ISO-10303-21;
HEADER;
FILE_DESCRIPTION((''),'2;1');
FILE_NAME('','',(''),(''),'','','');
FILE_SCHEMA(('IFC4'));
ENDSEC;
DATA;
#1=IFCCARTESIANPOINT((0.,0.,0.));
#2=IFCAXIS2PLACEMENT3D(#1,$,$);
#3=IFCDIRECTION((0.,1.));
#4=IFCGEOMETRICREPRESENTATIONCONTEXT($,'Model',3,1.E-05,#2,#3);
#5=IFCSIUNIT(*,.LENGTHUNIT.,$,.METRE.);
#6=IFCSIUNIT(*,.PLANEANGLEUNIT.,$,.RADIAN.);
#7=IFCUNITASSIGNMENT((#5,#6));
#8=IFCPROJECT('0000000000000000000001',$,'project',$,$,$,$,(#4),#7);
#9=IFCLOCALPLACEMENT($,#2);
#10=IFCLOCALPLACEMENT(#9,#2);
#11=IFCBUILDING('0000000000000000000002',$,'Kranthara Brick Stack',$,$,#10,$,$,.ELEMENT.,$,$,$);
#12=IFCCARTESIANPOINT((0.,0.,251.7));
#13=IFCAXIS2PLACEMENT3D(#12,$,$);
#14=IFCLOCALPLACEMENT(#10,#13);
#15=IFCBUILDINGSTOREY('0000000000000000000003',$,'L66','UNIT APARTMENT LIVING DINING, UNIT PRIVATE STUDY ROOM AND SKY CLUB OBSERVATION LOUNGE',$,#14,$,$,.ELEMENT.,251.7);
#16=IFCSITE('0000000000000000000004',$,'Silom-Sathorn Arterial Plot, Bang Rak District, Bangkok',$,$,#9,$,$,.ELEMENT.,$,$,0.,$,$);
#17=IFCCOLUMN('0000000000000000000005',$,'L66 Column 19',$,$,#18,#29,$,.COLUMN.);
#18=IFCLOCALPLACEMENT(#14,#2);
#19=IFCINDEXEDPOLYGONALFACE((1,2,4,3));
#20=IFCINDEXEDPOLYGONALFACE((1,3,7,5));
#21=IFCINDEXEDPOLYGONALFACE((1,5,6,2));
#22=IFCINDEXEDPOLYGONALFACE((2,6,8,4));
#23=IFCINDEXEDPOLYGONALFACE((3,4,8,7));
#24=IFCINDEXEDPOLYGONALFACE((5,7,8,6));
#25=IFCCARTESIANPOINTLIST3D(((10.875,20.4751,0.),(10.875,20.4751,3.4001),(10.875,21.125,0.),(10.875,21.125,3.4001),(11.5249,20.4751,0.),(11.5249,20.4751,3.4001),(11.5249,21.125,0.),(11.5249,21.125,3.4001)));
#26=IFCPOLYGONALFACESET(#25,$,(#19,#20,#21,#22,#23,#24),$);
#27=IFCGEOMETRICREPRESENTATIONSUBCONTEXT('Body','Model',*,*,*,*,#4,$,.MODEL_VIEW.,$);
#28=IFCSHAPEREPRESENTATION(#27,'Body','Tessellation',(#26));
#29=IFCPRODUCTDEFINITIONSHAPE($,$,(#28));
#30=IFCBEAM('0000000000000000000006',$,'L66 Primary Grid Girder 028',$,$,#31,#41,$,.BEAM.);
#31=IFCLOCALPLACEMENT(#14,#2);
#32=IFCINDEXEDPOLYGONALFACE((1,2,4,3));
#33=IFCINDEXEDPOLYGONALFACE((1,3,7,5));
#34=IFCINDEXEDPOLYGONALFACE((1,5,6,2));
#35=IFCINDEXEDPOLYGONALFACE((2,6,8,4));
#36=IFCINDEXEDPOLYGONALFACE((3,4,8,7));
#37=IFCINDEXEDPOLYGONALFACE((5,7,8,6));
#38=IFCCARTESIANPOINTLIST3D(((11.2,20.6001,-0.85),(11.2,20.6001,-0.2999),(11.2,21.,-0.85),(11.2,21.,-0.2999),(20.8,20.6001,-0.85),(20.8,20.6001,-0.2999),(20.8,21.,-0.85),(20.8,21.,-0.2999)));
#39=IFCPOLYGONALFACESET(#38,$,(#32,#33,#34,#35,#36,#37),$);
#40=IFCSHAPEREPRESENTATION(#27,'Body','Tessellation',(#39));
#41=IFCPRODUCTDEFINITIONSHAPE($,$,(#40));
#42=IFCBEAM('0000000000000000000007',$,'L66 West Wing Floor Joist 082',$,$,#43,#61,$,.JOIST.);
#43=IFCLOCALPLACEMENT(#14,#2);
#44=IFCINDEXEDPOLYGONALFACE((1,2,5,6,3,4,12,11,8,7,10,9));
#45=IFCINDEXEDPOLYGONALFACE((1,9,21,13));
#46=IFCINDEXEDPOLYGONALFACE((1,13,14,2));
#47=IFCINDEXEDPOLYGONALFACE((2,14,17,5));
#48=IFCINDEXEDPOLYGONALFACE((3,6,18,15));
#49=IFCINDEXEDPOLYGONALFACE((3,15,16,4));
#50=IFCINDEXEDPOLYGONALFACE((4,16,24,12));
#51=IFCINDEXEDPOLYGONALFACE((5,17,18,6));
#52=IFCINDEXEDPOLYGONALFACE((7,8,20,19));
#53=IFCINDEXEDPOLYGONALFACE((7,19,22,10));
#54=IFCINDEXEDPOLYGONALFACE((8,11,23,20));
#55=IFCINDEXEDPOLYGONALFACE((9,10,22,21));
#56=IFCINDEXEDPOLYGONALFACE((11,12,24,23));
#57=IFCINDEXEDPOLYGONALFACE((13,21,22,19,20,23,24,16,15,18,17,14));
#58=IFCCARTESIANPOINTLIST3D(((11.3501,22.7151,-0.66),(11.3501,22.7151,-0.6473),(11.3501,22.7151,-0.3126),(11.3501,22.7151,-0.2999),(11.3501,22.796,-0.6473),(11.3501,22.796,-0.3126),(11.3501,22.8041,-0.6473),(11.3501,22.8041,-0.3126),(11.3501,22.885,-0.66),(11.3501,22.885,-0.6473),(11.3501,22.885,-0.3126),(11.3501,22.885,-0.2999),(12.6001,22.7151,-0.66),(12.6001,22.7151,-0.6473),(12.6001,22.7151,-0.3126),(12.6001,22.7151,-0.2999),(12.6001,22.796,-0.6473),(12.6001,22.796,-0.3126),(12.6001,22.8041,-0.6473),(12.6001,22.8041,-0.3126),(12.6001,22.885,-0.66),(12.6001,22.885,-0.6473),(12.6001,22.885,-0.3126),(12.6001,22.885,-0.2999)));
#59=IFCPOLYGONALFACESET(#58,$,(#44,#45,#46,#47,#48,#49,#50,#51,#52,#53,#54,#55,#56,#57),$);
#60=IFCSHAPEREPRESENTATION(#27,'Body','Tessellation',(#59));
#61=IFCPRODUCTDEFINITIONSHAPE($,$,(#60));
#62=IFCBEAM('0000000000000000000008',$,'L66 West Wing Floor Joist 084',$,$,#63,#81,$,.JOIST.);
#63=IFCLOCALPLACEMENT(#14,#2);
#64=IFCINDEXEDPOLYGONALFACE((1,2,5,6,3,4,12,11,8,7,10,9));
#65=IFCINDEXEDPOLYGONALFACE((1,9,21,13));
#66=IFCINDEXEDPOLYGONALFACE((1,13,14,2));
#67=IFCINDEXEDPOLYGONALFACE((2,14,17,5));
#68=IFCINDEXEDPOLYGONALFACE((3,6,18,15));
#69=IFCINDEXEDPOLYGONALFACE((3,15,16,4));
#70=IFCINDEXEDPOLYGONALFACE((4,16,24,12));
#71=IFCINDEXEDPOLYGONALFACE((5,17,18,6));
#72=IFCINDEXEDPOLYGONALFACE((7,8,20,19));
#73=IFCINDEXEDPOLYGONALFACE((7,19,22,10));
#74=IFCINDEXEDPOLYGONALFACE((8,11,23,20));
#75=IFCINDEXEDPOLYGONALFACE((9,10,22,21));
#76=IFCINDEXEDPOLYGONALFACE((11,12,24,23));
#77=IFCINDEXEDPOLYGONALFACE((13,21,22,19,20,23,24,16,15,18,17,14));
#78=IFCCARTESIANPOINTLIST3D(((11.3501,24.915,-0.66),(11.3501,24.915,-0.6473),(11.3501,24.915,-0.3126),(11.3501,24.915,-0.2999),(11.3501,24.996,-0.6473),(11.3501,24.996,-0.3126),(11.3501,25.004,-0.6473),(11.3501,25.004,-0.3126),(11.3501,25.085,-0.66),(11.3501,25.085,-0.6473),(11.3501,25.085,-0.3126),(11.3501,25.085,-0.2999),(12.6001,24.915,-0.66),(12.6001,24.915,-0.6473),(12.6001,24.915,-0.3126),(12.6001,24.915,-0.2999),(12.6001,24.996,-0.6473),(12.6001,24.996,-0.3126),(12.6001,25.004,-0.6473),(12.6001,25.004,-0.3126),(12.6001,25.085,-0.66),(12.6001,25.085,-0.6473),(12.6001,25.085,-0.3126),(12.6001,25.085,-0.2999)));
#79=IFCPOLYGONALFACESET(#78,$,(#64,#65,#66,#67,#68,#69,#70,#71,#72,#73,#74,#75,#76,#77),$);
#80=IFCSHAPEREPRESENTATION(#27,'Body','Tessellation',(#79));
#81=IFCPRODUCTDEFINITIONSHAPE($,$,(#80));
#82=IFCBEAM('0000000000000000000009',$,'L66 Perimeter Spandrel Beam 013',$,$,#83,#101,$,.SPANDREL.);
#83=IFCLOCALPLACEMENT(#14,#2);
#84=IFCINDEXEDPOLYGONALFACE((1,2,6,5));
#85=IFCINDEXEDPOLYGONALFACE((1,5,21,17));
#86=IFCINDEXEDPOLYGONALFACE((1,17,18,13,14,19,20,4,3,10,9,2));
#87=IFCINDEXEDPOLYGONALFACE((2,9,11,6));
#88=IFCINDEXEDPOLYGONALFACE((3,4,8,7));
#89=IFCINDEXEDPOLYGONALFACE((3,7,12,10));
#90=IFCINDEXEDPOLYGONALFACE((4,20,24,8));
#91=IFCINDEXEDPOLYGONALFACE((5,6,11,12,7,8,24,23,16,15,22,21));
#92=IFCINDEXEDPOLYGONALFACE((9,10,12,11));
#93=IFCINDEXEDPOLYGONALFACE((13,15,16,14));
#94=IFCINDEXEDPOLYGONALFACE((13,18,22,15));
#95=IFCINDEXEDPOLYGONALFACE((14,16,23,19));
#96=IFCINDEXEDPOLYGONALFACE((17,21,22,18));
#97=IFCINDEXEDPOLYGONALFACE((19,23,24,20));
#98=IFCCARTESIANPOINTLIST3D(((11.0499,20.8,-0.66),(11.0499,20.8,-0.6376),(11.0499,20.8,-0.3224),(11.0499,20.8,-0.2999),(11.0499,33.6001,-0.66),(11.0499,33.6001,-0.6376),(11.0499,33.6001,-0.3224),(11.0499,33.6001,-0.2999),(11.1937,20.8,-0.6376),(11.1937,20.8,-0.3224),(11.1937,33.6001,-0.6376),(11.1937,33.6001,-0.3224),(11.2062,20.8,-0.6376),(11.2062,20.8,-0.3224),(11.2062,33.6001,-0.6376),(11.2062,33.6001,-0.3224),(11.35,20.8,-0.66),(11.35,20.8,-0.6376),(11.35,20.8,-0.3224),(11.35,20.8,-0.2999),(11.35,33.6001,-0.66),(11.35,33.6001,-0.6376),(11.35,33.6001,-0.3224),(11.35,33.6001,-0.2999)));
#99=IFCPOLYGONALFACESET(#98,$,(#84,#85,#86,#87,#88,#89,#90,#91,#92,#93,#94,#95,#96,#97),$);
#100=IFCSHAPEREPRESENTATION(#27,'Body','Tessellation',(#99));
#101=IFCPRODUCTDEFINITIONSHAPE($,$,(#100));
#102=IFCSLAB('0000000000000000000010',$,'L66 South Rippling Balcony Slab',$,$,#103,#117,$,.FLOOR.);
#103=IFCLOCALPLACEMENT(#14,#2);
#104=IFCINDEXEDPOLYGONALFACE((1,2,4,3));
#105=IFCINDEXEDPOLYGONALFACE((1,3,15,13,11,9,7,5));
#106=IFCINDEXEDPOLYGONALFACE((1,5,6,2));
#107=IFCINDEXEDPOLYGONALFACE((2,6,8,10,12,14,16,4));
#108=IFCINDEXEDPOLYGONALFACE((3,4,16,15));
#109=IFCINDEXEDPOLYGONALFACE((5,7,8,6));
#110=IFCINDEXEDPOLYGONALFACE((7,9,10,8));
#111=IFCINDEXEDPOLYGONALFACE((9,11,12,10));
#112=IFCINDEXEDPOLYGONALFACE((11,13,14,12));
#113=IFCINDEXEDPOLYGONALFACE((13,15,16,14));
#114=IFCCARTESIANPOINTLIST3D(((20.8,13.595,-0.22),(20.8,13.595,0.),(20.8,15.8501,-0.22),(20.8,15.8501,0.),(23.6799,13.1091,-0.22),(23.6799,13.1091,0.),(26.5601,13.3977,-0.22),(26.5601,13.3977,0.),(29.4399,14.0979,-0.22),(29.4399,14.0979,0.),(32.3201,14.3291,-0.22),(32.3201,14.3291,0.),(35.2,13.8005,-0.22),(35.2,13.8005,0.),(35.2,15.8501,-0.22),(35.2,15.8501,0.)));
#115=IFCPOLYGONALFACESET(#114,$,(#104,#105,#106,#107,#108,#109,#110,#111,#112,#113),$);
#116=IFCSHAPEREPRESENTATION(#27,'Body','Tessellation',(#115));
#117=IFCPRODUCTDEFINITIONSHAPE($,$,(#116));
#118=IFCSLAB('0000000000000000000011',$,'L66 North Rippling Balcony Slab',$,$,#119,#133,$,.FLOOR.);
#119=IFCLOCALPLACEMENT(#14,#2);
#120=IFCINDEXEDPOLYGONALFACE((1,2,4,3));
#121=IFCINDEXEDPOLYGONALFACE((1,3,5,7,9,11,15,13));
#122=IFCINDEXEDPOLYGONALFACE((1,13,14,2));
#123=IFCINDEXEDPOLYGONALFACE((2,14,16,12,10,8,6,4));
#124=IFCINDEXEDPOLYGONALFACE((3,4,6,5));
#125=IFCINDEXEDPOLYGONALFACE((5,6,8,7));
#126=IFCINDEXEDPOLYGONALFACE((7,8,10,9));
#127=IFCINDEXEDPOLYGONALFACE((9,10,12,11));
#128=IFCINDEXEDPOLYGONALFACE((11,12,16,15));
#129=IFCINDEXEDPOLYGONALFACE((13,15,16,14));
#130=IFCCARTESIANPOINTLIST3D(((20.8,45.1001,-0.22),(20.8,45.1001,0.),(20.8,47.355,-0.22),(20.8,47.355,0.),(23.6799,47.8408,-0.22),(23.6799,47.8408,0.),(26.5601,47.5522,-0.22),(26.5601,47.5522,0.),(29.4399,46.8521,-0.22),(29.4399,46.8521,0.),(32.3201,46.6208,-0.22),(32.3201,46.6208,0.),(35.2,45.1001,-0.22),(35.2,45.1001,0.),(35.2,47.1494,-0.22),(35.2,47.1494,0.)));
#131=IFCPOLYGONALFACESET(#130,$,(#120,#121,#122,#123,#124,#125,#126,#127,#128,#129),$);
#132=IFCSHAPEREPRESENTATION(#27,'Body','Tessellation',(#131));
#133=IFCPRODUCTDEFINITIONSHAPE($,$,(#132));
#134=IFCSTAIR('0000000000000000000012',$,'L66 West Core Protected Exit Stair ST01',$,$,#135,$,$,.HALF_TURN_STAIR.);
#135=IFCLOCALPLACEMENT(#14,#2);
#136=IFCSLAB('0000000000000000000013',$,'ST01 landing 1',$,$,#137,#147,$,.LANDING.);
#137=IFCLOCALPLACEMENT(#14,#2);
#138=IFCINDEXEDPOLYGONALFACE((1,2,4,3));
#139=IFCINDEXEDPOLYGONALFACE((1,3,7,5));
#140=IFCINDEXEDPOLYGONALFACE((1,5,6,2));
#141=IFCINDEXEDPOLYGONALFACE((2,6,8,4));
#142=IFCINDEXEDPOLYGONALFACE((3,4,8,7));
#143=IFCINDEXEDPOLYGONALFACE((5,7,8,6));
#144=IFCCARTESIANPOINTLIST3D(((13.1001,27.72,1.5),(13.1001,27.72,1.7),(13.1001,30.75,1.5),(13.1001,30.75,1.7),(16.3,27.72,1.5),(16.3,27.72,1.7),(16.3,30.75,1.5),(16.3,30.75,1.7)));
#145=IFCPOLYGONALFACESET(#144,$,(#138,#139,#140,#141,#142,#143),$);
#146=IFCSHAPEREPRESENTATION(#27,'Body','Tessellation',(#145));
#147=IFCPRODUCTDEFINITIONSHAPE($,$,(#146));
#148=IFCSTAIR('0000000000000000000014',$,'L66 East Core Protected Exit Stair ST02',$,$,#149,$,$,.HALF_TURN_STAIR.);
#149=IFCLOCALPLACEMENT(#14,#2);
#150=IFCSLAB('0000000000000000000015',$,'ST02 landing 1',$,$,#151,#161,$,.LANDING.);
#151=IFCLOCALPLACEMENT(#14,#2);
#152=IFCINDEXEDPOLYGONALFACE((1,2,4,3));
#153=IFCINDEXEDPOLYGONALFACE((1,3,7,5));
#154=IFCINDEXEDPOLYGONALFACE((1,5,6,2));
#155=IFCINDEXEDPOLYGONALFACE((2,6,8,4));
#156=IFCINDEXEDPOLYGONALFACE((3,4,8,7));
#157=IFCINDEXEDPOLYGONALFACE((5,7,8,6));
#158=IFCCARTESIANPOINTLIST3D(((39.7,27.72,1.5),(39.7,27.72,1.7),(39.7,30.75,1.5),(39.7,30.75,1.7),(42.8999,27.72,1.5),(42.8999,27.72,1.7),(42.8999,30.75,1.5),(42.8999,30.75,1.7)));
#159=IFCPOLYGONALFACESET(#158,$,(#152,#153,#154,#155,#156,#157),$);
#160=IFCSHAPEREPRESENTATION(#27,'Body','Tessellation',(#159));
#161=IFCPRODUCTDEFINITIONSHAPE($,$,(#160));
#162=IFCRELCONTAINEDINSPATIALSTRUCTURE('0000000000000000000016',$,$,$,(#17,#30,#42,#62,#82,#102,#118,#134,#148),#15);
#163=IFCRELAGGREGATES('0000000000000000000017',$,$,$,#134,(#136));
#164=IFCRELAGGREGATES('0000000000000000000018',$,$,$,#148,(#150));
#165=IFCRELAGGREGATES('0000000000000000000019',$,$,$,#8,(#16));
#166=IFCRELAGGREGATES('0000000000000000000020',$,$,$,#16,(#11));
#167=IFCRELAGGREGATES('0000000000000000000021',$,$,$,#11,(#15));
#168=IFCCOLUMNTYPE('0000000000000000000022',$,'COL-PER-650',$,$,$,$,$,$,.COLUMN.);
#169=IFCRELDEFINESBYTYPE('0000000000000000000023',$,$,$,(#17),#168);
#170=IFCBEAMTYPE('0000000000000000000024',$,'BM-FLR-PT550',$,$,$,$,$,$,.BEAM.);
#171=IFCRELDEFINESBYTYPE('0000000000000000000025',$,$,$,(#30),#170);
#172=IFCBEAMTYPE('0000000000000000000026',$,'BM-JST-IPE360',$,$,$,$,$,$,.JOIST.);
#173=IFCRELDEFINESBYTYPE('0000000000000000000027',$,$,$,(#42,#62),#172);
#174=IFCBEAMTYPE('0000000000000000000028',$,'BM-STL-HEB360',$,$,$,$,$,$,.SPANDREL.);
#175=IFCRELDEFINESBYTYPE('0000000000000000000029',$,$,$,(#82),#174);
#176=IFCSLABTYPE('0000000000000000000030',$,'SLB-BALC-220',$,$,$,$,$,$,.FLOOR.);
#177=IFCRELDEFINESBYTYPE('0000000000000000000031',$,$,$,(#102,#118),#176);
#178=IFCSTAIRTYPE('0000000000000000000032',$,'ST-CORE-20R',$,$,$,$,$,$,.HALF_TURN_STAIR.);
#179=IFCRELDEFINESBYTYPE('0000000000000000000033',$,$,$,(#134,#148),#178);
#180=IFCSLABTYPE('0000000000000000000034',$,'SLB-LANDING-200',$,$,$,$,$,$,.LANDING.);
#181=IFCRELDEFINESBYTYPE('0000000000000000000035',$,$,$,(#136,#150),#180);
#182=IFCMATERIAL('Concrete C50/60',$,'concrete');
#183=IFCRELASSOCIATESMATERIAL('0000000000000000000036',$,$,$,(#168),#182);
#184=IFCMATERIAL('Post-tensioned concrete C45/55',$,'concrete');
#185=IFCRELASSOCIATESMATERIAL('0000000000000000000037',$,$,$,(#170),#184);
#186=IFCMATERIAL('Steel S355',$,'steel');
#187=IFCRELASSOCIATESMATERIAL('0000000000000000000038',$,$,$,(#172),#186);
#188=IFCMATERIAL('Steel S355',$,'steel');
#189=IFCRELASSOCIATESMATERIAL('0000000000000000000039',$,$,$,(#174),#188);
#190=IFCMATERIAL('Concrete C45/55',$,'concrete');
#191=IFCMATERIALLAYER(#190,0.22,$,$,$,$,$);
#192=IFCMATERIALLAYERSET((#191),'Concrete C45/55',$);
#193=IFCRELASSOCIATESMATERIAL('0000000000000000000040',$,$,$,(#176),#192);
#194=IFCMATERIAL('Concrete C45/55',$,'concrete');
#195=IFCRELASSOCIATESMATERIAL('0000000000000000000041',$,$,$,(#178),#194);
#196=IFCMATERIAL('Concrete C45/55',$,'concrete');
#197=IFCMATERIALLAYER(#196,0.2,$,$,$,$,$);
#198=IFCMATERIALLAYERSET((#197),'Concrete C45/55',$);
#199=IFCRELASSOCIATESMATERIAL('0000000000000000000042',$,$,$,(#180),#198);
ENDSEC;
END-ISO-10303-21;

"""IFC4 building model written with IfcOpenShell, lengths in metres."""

from ifc_helpers import new_model, si_unit, direction, frame, origin, origin_2d, place, context, subcontext, project, spatial, polyline, rectangle, i_section, outline, extrude, material, layer, layer_set, material_profile, profile_set, type_object, element, aggregate, save


model = new_model("IFC4")

# Units and contexts
model_context = context("Model", 3, precision=1e-05, world=origin(), true_north=direction((0.0, 1.0)))
body_context = subcontext(model_context, "Body", "Model", "MODEL_VIEW")
ifc_project = project(units=[si_unit("LENGTHUNIT", "METRE"), si_unit("PLANEANGLEUNIT", "RADIAN")], contexts=[model_context])

# Site, building, storey
site_placement = place(None, origin())
site = spatial("IfcSite", under=ifc_project, at=site_placement, Name="Silom-Sathorn Arterial Plot, Bang Rak District, Bangkok", CompositionType="ELEMENT", RefElevation=0.0)
building_placement = place(site_placement, origin())
building = spatial("IfcBuilding", under=site, at=building_placement, Name="Kranthara Brick Stack", CompositionType="ELEMENT")
storey_placement = place(building_placement, frame((0.0, 0.0, 251.7)))
storey = spatial("IfcBuildingStorey", under=building, at=storey_placement, Name="L66", Description="UNIT APARTMENT LIVING DINING, UNIT PRIVATE STUDY ROOM AND SKY CLUB OBSERVATION LOUNGE", CompositionType="ELEMENT", Elevation=251.7)

# Column
ifc_material_1 = material(Name="Concrete C50/60", Category="concrete")
ifc_material_profile_1 = material_profile(ifc_material_1, rectangle(XDim=0.6499, YDim=0.6499, at=origin_2d()), Name="RC 650x650")
ifc_profile_set_1 = profile_set([ifc_material_profile_1], Name="Concrete C50/60")
column_type = type_object("IfcColumnType", Name="COL-PER-650", PredefinedType="COLUMN", material=ifc_profile_set_1)
column_placement = place(storey_placement, frame((11.2, 20.8, 0.0), z_axis=(0.0, 0.0, 1.0), x_axis=(1.0, 0.0, 0.0)))
element("IfcColumn", 1, at=column_placement, inside=storey, type_object=column_type, Name="L66 Column 19", PredefinedType="COLUMN", context=body_context, shape_type="SweptSolid", body=[
    extrude(rectangle(XDim=0.6499, YDim=0.6499, at=origin_2d()), origin(), (0.0, 0.0, 1.0), 3.4001),
])

# Beams
ifc_material_2 = material(Name="Post-tensioned concrete C45/55", Category="concrete")
ifc_material_profile_2 = material_profile(ifc_material_2, rectangle(XDim=0.3999, YDim=0.55, at=origin_2d()), Name="PT 400x550")
ifc_profile_set_2 = profile_set([ifc_material_profile_2], Name="Post-tensioned concrete C45/55")
beam_type_1 = type_object("IfcBeamType", Name="BM-FLR-PT550", PredefinedType="BEAM", material=ifc_profile_set_2)
beam_1_placement = place(storey_placement, frame((11.2, 20.8, -0.575), z_axis=(1.0, 0.0, 0.0), x_axis=(0.0, 1.0, 0.0)))
element("IfcBeam", 2, at=beam_1_placement, inside=storey, type_object=beam_type_1, Name="L66 Primary Grid Girder 028", PredefinedType="BEAM", context=body_context, shape_type="SweptSolid", body=[
    extrude(rectangle(XDim=0.3999, YDim=0.55, at=origin_2d()), origin(), (0.0, 0.0, 1.0), 9.6001),
])
ifc_material_3 = material(Name="Steel S355", Category="steel")
ifc_material_profile_3 = material_profile(ifc_material_3, i_section(OverallWidth=0.1699, OverallDepth=0.3601, WebThickness=0.0081, FlangeThickness=0.0127, at=origin_2d()), Name="IPE 360")
ifc_profile_set_3 = profile_set([ifc_material_profile_3], Name="Steel S355")
beam_type_2 = type_object("IfcBeamType", Name="BM-JST-IPE360", PredefinedType="JOIST", material=ifc_profile_set_3)
for number, where, z_axis, x_axis, name in (
    (3, (11.3501, 22.8, -0.48), (1.0, 0.0, 0.0), (0.0, 1.0, 0.0), "L66 West Wing Floor Joist 082"),
    (4, (11.3501, 25.0, -0.48), (1.0, 0.0, 0.0), (0.0, 1.0, 0.0), "L66 West Wing Floor Joist 084"),
):
    element("IfcBeam", number, at=place(storey_placement, frame(where, z_axis=z_axis, x_axis=x_axis)), inside=storey, type_object=beam_type_2, Name=name, PredefinedType="JOIST", context=body_context, shape_type="SweptSolid", body=[
        extrude(i_section(OverallWidth=0.1699, OverallDepth=0.3601, WebThickness=0.0081, FlangeThickness=0.0127, at=origin_2d()), origin(), (0.0, 0.0, 1.0), 1.25),
    ])
ifc_material_4 = material(Name="Steel S355", Category="steel")
ifc_material_profile_4 = material_profile(ifc_material_4, i_section(OverallWidth=0.3, OverallDepth=0.3601, WebThickness=0.0125, FlangeThickness=0.0225, at=origin_2d()), Name="HEB 360")
ifc_profile_set_4 = profile_set([ifc_material_profile_4], Name="Steel S355")
beam_type_3 = type_object("IfcBeamType", Name="BM-STL-HEB360", PredefinedType="SPANDREL", material=ifc_profile_set_4)
beam_2_placement = place(storey_placement, frame((11.2, 20.8, -0.48), z_axis=(0.0, 1.0, 0.0), x_axis=(-1.0, 0.0, 0.0)))
element("IfcBeam", 5, at=beam_2_placement, inside=storey, type_object=beam_type_3, Name="L66 Perimeter Spandrel Beam 013", PredefinedType="SPANDREL", context=body_context, shape_type="SweptSolid", body=[
    extrude(i_section(OverallWidth=0.3, OverallDepth=0.3601, WebThickness=0.0125, FlangeThickness=0.0225, at=origin_2d()), origin(), (0.0, 0.0, 1.0), 12.8),
])

# Slabs
ifc_material_5 = material(Name="Concrete C45/55", Category="concrete")
ifc_layer_1 = layer(ifc_material_5, 0.22)
ifc_layer_set_1 = layer_set([ifc_layer_1], Name="Concrete C45/55")
slab_type_1 = type_object("IfcSlabType", Name="SLB-BALC-220", PredefinedType="FLOOR", material=ifc_layer_set_1)
slab_1_placement = place(storey_placement, frame((0.0, 0.0, -0.22)))
element("IfcSlab", 6, at=slab_1_placement, inside=storey, type_object=slab_type_1, Name="L66 South Rippling Balcony Slab", PredefinedType="FLOOR", context=body_context, shape_type="SweptSolid", body=[
    extrude(outline(polyline([(20.8, 15.8501), (35.2, 15.8501), (35.2, 13.8005), (32.3201, 14.3291), (29.4399, 14.0979), (26.5601, 13.3977), (23.6799, 13.1091), (20.8, 13.595), (20.8, 15.8501)])), origin(), (0.0, 0.0, 1.0), 0.22),
])
slab_2_placement = place(storey_placement, frame((0.0, 0.0, -0.22)))
element("IfcSlab", 7, at=slab_2_placement, inside=storey, type_object=slab_type_1, Name="L66 North Rippling Balcony Slab", PredefinedType="FLOOR", context=body_context, shape_type="SweptSolid", body=[
    extrude(outline(polyline([(35.2, 45.1001), (20.8, 45.1001), (20.8, 47.355), (23.6799, 47.8408), (26.5601, 47.5522), (29.4399, 46.8521), (32.3201, 46.6208), (35.2, 47.1494), (35.2, 45.1001)])), origin(), (0.0, 0.0, 1.0), 0.22),
])

# Stairs, slabs
ifc_material_6 = material(Name="Concrete C45/55", Category="concrete")
stair_type = type_object("IfcStairType", Name="ST-CORE-20R", PredefinedType="HALF_TURN_STAIR", material=ifc_material_6)
stair_1_placement = place(storey_placement, origin())
stair_1 = element("IfcStair", 8, at=stair_1_placement, inside=storey, type_object=stair_type, Name="L66 West Core Protected Exit Stair ST01", PredefinedType="HALF_TURN_STAIR")
ifc_material_7 = material(Name="Concrete C45/55", Category="concrete")
ifc_layer_2 = layer(ifc_material_7, 0.2)
ifc_layer_set_2 = layer_set([ifc_layer_2], Name="Concrete C45/55")
slab_type_2 = type_object("IfcSlabType", Name="SLB-LANDING-200", PredefinedType="LANDING", material=ifc_layer_set_2)
slab_3_placement = place(storey_placement, frame((0.0, 0.0, 1.5)))
slab_3 = element("IfcSlab", 9, at=slab_3_placement, type_object=slab_type_2, Name="ST01 landing 1", PredefinedType="LANDING", context=body_context, shape_type="SweptSolid", body=[
    extrude(outline(polyline([(16.3, 27.72), (16.3, 30.75), (13.1001, 30.75), (13.1001, 27.72), (16.3, 27.72)])), origin(), (0.0, 0.0, 1.0), 0.2),
])
aggregate(stair_1, [slab_3])
stair_2_placement = place(storey_placement, origin())
stair_2 = element("IfcStair", 10, at=stair_2_placement, inside=storey, type_object=stair_type, Name="L66 East Core Protected Exit Stair ST02", PredefinedType="HALF_TURN_STAIR")
slab_4_placement = place(storey_placement, frame((0.0, 0.0, 1.5)))
slab_4 = element("IfcSlab", 11, at=slab_4_placement, type_object=slab_type_2, Name="ST02 landing 1", PredefinedType="LANDING", context=body_context, shape_type="SweptSolid", body=[
    extrude(outline(polyline([(42.8999, 27.72), (42.8999, 30.75), (39.7, 30.75), (39.7, 27.72), (42.8999, 27.72)])), origin(), (0.0, 0.0, 1.0), 0.2),
])
aggregate(stair_2, [slab_4])

save(model, "model.ifc")
